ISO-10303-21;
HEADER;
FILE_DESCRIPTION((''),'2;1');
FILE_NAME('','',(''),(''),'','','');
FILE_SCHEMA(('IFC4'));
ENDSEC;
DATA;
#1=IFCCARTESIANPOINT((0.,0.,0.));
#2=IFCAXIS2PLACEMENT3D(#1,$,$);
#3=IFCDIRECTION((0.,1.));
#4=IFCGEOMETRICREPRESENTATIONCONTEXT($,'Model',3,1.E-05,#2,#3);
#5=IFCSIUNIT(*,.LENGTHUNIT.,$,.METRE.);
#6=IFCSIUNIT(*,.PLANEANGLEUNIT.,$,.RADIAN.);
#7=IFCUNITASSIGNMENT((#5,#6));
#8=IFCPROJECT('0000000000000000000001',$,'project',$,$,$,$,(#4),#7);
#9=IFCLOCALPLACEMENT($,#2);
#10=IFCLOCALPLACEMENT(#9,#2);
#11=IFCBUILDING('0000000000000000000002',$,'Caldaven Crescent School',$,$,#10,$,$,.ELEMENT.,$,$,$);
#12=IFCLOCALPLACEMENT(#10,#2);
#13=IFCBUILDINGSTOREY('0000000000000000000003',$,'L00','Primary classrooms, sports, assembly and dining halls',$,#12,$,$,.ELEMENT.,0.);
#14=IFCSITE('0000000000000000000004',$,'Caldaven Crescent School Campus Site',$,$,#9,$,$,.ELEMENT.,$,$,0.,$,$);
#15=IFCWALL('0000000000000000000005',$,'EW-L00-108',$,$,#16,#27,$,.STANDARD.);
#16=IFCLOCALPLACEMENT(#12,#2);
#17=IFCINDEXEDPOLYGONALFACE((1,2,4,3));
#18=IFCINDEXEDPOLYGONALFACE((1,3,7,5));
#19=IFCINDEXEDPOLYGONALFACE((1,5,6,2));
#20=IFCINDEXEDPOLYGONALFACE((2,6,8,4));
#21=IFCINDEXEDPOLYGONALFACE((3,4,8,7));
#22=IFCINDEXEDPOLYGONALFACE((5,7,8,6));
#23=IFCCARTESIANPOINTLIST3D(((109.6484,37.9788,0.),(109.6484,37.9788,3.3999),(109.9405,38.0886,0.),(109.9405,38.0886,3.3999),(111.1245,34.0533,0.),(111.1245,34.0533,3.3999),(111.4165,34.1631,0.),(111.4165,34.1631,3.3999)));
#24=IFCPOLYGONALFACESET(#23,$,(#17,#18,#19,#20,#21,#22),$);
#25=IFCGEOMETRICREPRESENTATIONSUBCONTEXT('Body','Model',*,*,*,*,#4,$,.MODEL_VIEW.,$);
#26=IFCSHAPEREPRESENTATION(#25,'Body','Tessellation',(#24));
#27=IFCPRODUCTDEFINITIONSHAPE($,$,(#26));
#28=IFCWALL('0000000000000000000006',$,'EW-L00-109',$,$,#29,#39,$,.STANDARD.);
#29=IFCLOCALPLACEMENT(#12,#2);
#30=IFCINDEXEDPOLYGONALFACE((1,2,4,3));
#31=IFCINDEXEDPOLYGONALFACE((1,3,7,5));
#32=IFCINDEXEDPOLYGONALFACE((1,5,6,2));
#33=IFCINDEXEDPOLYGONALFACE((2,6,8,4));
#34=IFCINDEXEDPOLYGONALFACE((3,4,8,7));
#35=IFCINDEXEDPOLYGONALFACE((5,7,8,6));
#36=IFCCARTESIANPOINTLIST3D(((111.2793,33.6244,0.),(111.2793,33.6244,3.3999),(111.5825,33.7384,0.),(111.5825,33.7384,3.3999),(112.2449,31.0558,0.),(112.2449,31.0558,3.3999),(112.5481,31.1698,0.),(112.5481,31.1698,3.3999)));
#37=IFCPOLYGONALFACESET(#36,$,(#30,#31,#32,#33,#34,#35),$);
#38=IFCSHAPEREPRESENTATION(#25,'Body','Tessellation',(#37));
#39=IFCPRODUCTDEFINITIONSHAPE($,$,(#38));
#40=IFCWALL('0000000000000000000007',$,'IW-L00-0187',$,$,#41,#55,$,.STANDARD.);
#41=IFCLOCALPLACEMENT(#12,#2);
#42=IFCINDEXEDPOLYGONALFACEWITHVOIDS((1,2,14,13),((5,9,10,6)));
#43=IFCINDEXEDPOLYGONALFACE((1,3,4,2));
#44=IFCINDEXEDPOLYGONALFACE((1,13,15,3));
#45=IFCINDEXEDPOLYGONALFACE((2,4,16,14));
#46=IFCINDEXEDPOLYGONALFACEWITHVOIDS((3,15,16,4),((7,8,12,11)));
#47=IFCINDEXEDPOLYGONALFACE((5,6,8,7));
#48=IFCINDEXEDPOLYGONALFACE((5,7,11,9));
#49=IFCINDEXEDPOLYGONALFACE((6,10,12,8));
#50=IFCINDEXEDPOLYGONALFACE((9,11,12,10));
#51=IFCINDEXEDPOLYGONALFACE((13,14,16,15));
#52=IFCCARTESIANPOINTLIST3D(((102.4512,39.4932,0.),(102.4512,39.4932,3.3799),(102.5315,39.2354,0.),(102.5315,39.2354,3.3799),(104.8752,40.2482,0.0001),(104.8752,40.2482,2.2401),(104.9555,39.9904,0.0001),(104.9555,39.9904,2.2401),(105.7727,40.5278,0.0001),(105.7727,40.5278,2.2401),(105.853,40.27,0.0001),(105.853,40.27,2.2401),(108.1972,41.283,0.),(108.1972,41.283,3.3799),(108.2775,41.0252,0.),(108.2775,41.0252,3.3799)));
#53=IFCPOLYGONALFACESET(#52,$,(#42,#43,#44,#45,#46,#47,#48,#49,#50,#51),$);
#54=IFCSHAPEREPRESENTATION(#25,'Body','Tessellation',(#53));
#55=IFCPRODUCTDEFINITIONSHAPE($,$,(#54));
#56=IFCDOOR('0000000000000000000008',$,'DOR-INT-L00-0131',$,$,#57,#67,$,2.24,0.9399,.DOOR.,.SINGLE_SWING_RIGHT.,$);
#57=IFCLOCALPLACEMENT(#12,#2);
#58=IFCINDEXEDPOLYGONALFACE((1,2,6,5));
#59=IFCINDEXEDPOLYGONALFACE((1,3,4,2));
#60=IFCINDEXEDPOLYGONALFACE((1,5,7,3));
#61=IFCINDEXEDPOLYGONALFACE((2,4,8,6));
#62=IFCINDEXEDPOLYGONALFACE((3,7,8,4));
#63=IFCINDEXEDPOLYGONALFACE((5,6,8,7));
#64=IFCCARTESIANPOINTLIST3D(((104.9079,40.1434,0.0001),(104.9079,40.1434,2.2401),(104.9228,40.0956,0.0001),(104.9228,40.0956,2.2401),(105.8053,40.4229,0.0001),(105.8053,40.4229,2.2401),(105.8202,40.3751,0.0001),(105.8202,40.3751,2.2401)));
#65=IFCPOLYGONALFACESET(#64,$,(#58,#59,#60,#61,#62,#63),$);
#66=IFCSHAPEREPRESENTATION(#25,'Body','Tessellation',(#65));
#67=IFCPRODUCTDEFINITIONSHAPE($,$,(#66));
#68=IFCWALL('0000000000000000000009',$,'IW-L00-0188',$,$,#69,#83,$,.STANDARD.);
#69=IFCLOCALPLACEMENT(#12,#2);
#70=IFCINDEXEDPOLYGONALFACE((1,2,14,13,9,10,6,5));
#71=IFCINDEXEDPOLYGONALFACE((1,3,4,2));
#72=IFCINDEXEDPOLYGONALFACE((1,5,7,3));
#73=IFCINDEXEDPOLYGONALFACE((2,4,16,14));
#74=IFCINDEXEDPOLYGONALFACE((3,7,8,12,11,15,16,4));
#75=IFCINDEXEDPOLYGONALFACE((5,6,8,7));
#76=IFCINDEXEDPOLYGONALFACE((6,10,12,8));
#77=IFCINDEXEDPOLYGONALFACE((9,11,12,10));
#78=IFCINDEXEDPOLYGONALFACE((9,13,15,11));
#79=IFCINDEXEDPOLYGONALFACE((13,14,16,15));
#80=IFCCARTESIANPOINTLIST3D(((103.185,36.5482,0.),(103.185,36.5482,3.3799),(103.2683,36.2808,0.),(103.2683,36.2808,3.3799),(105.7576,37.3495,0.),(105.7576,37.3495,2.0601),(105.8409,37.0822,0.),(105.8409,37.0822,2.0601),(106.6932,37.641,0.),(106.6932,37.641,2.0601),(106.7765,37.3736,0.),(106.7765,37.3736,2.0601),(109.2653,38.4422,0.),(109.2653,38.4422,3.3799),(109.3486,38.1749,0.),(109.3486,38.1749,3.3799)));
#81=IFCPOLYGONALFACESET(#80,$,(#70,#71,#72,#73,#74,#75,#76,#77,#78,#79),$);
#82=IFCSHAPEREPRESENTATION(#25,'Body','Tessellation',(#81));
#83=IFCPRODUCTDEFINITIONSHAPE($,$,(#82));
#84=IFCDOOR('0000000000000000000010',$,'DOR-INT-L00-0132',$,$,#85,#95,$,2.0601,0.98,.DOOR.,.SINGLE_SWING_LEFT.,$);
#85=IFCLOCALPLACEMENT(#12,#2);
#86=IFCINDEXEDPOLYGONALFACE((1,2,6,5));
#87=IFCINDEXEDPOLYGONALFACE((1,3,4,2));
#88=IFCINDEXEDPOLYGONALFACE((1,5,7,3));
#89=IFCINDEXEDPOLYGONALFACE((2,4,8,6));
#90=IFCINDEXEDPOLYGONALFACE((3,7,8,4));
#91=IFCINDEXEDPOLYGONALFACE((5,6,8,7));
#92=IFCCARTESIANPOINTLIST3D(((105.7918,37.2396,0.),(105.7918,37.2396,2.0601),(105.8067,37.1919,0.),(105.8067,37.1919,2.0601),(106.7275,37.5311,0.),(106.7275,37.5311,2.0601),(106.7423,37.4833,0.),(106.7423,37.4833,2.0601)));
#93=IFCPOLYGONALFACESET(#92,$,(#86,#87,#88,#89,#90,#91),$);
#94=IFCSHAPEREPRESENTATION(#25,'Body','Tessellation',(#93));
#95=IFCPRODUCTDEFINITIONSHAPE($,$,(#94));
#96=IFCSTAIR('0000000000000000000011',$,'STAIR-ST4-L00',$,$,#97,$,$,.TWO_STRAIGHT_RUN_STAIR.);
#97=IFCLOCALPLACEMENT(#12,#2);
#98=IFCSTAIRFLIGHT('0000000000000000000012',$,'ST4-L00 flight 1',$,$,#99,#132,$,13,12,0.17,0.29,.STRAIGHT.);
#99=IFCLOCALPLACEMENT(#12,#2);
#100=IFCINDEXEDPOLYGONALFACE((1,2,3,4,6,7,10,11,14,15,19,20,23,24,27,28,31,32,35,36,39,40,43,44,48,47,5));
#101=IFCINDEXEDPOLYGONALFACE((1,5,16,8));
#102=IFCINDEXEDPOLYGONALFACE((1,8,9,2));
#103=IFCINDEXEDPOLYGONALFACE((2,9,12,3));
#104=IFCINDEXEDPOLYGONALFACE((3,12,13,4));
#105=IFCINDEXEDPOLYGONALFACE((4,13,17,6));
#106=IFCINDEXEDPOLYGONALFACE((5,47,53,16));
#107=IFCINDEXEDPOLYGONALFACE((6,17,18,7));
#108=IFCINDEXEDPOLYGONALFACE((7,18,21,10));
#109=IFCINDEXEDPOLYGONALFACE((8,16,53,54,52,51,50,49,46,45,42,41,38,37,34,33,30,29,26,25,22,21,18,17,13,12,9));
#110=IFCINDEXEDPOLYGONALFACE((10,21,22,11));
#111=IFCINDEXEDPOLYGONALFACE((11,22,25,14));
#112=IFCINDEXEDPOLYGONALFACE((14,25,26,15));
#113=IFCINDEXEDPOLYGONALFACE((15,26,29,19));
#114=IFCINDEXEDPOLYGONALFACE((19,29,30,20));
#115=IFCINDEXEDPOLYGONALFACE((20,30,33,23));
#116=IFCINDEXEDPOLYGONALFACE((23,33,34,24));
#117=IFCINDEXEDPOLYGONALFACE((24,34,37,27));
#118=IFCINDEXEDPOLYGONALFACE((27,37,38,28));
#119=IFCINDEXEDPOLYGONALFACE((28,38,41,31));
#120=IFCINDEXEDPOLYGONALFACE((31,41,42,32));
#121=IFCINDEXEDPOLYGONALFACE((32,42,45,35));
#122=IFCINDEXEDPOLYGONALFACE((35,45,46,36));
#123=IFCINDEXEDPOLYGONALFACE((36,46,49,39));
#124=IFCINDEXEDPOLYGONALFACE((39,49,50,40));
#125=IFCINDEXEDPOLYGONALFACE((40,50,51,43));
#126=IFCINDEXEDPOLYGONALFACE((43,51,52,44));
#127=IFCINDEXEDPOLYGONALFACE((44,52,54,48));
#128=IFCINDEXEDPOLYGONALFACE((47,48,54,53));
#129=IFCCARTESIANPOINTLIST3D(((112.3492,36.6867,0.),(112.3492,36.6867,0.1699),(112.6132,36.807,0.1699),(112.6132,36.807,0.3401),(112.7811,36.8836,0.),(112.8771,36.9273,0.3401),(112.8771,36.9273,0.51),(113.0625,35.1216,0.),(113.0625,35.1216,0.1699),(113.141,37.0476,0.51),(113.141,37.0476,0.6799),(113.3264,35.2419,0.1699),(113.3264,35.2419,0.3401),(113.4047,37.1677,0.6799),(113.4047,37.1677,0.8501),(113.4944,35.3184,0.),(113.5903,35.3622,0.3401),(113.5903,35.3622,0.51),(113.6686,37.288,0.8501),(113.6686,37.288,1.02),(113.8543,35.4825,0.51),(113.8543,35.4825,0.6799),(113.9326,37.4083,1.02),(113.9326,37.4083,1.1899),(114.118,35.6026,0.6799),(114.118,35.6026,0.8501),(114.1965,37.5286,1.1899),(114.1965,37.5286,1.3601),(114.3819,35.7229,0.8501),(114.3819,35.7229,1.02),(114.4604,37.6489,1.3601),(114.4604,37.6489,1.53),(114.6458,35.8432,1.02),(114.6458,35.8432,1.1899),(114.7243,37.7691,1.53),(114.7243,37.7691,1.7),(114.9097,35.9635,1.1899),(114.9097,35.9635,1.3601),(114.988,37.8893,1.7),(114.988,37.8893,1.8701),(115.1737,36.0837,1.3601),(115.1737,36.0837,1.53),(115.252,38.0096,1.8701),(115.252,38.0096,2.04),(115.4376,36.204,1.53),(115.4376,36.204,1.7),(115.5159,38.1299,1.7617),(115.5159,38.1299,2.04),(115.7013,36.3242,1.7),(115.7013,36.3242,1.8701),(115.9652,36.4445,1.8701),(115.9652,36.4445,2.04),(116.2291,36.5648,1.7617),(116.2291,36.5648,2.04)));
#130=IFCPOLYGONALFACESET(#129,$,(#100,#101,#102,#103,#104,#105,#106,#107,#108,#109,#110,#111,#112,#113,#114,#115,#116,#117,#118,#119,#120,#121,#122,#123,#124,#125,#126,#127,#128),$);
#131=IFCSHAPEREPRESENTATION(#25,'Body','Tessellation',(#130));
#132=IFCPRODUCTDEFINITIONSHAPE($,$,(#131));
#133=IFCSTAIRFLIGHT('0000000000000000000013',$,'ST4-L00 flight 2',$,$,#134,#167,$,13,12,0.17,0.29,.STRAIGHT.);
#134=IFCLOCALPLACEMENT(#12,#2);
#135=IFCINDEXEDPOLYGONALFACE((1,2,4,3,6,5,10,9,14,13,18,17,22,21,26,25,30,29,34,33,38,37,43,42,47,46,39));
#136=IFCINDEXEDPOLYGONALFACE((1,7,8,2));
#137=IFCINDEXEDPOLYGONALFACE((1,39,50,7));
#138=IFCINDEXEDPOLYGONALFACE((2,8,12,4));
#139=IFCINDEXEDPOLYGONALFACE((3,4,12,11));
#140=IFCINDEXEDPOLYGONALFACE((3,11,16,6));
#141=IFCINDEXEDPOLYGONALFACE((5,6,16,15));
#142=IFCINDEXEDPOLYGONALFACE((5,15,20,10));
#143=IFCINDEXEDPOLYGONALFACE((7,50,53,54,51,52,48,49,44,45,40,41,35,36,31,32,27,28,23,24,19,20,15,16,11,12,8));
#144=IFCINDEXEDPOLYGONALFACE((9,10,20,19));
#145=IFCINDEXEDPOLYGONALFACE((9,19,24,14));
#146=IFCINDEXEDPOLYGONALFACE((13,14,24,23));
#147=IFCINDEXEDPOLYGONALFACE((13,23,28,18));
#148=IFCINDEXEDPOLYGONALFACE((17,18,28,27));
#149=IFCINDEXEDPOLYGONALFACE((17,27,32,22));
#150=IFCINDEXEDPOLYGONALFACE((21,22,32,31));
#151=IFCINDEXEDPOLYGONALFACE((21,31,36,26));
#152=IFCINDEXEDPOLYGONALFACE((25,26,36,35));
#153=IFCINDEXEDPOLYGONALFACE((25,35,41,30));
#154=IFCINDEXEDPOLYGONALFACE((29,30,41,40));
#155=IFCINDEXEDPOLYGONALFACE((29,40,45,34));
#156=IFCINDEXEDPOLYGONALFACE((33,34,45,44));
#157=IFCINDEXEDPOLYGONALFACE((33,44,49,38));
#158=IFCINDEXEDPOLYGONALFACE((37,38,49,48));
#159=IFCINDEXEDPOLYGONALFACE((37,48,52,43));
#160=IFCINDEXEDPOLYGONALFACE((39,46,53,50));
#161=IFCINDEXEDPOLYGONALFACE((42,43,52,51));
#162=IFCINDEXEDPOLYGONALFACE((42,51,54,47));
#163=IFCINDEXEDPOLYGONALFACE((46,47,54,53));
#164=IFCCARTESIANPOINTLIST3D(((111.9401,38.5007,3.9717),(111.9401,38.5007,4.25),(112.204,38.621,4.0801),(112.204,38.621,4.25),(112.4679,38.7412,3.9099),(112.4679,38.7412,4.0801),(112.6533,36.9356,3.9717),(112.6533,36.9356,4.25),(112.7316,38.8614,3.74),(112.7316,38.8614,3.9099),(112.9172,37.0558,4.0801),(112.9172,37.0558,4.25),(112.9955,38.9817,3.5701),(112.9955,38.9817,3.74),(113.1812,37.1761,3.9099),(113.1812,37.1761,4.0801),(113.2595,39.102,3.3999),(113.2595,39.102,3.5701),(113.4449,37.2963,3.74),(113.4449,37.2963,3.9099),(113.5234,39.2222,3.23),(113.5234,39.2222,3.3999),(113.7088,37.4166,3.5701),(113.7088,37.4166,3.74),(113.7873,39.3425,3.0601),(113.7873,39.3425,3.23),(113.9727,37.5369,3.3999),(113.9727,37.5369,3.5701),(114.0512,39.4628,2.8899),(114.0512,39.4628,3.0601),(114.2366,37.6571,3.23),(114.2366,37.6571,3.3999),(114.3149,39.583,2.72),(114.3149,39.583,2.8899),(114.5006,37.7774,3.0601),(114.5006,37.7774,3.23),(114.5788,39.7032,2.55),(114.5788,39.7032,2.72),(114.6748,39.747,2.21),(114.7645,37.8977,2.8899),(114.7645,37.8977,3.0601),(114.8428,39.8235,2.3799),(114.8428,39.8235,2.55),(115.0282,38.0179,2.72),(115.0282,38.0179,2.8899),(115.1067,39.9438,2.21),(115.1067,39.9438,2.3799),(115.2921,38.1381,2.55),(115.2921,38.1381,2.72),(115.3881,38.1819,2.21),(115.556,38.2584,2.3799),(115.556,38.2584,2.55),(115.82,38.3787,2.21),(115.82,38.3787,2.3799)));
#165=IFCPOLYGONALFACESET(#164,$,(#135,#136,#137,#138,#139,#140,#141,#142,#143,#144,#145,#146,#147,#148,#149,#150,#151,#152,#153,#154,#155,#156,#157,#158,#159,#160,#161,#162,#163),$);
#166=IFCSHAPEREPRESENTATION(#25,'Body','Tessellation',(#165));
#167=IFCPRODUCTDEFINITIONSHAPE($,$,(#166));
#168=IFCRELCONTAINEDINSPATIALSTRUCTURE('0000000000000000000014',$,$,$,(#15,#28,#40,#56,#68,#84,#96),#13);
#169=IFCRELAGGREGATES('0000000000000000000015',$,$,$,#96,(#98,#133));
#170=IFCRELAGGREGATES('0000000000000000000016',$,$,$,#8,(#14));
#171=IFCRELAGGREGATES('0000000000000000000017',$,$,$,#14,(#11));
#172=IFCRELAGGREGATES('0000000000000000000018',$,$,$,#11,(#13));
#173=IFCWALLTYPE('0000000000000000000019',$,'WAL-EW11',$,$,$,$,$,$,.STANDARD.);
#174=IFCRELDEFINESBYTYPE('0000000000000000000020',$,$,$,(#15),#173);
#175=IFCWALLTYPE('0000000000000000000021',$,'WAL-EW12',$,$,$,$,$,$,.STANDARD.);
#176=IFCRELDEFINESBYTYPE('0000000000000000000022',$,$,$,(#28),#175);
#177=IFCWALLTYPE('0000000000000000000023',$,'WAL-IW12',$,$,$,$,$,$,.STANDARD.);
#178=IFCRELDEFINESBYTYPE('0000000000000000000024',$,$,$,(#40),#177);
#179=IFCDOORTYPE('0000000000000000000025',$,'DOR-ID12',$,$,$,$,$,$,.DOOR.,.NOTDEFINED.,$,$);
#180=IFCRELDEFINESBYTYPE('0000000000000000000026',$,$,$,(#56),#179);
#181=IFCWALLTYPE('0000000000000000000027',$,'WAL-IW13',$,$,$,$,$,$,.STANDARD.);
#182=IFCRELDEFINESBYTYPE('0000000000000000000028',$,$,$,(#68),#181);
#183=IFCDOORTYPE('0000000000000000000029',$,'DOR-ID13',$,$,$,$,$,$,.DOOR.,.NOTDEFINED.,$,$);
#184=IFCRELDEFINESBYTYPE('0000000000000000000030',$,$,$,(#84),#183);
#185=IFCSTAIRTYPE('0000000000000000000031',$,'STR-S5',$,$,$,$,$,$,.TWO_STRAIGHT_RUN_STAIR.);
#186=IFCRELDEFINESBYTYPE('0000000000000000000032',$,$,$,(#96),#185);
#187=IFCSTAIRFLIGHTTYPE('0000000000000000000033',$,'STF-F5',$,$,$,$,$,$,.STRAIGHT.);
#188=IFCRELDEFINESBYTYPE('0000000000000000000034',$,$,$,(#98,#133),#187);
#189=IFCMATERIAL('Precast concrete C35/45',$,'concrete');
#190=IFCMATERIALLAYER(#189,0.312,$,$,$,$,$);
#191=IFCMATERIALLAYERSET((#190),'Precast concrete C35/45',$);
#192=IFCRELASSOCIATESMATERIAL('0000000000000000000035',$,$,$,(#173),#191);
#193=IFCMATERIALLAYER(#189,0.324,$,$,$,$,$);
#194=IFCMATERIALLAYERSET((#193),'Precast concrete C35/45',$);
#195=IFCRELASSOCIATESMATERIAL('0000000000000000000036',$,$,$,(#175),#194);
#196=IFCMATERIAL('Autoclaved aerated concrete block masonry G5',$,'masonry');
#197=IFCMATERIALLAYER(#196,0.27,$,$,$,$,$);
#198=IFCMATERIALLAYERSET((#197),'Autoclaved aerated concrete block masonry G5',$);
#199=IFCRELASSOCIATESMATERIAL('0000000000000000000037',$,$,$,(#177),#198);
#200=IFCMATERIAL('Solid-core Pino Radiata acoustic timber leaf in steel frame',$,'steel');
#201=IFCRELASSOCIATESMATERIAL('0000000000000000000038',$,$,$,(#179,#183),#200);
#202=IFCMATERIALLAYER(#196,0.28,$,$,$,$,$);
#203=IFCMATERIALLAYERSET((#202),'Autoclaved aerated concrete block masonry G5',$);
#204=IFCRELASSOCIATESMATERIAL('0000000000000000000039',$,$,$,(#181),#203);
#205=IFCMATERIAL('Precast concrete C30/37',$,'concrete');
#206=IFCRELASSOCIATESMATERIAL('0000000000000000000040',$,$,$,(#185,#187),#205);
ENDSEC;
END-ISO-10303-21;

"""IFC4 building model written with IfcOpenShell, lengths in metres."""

from ifc_helpers import new_model, si_unit, direction, frame, frame_2d, origin, place, context, subcontext, project, spatial, polyline, rectangle, outline, extrude, material, layer, layer_set, type_object, element, fill, aggregate, save


model = new_model("IFC4")

# Units and contexts
model_context = context("Model", 3, precision=1e-05, world=origin(), true_north=direction((0.0, 1.0)))
body_context = subcontext(model_context, "Body", "Model", "MODEL_VIEW")
ifc_project = project(units=[si_unit("LENGTHUNIT", "METRE"), si_unit("PLANEANGLEUNIT", "RADIAN")], contexts=[model_context])

# Site, building, storey
site_placement = place(None, origin())
site = spatial("IfcSite", under=ifc_project, at=site_placement, Name="Caldaven Crescent School Campus Site", CompositionType="ELEMENT", RefElevation=0.0)
building_placement = place(site_placement, origin())
building = spatial("IfcBuilding", under=site, at=building_placement, Name="Caldaven Crescent School", CompositionType="ELEMENT")
storey_placement = place(building_placement, origin())
storey = spatial("IfcBuildingStorey", under=building, at=storey_placement, Name="L00", Description="Primary classrooms, sports, assembly and dining halls", CompositionType="ELEMENT", Elevation=0.0)

# Walls
ifc_material_1 = material(Name="Precast concrete C35/45", Category="concrete")
ifc_layer_1 = layer(ifc_material_1, 0.312)
ifc_layer_set_1 = layer_set([ifc_layer_1], Name="Precast concrete C35/45")
wall_type_1 = type_object("IfcWallType", Name="WAL-EW11", PredefinedType="STANDARD", material=ifc_layer_set_1)
wall_1_placement = place(storey_placement, frame((109.7944, 38.0337, 0.0), z_axis=(0.0, 0.0, 1.0), x_axis=(0.351959, -0.936015, 0.0)))
element("IfcWall", 1, at=wall_1_placement, inside=storey, type_object=wall_type_1, Name="EW-L00-108", PredefinedType="STANDARD", context=body_context, shape_type="SweptSolid", body=[
    extrude(rectangle(XDim=4.1938, YDim=0.312, at=frame_2d((2.0969, 0.0))), origin(), (0.0, 0.0, 1.0), 3.3999),
])
ifc_layer_2 = layer(ifc_material_1, 0.324)
ifc_layer_set_2 = layer_set([ifc_layer_2], Name="Precast concrete C35/45")
wall_type_2 = type_object("IfcWallType", Name="WAL-EW12", PredefinedType="STANDARD", material=ifc_layer_set_2)
wall_2_placement = place(storey_placement, frame((111.4309, 33.6814, 0.0), z_axis=(0.0, 0.0, 1.0), x_axis=(0.351874, -0.936047, 0.0)))
element("IfcWall", 2, at=wall_2_placement, inside=storey, type_object=wall_type_2, Name="EW-L00-109", PredefinedType="STANDARD", context=body_context, shape_type="SweptSolid", body=[
    extrude(rectangle(XDim=2.7441, YDim=0.324, at=frame_2d((1.3721, 0.0))), origin(), (0.0, 0.0, 1.0), 3.3999),
])

# Walls, openings, doors
ifc_material_2 = material(Name="Autoclaved aerated concrete block masonry G5", Category="masonry")
ifc_layer_3 = layer(ifc_material_2, 0.27)
ifc_layer_set_3 = layer_set([ifc_layer_3], Name="Autoclaved aerated concrete block masonry G5")
wall_type_3 = type_object("IfcWallType", Name="WAL-IW12", PredefinedType="STANDARD", material=ifc_layer_set_3)
wall_3_placement = place(storey_placement, frame((102.4912, 39.3643, 0.0), z_axis=(0.0, 0.0, 1.0), x_axis=(0.954757, 0.297388, 0.0)))
wall_3 = element("IfcWall", 3, at=wall_3_placement, inside=storey, type_object=wall_type_3, Name="IW-L00-0187", PredefinedType="STANDARD", context=body_context, shape_type="SweptSolid", body=[
    extrude(rectangle(XDim=6.0183, YDim=0.27, at=frame_2d((3.0093, 0.0))), origin(), (0.0, 0.0, 1.0), 3.3799),
])
opening_1_placement = place(wall_3_placement, frame((2.5391, 0.0, 0.0)))
opening_1 = element("IfcOpeningElement", 4, at=opening_1_placement, cuts=wall_3, PredefinedType="OPENING", context=body_context, shape_type="SweptSolid", body=[
    extrude(rectangle(XDim=0.9399, YDim=2.24, at=frame_2d((0.47, 1.1201))), frame((0.0, 0.145, 0.0), z_axis=(0.0, -1.0, 0.0), x_axis=(1.0, 0.0, 0.0)), (0.0, 0.0, 1.0), 0.29),
])
ifc_material_3 = material(Name="Solid-core Pino Radiata acoustic timber leaf in steel frame", Category="steel")
door_type_1 = type_object("IfcDoorType", Name="DOR-ID12", OperationType="NOTDEFINED", PredefinedType="DOOR", material=ifc_material_3)
door_1_placement = place(opening_1_placement, frame((0.9399, 0.0, 0.0), z_axis=(0.0, 0.0, 1.0), x_axis=(-1.0, 0.0, 0.0)))
door_1 = element("IfcDoor", 5, at=door_1_placement, inside=storey, type_object=door_type_1, Name="DOR-INT-L00-0131", OperationType="SINGLE_SWING_RIGHT", OverallHeight=2.24, OverallWidth=0.9399, PredefinedType="DOOR", context=body_context, shape_type="SweptSolid", body=[
    extrude(rectangle(XDim=0.9399, YDim=2.24, at=frame_2d((0.47, 1.1201))), frame((0.0, 0.0249, 0.0), z_axis=(0.0, -1.0, 0.0), x_axis=(1.0, 0.0, 0.0)), (0.0, 0.0, 1.0), 0.05),
])
fill(opening_1, door_1)
ifc_layer_4 = layer(ifc_material_2, 0.28)
ifc_layer_set_4 = layer_set([ifc_layer_4], Name="Autoclaved aerated concrete block masonry G5")
wall_type_4 = type_object("IfcWallType", Name="WAL-IW13", PredefinedType="STANDARD", material=ifc_layer_set_4)
wall_4_placement = place(storey_placement, frame((103.2268, 36.4146, 0.0), z_axis=(0.0, 0.0, 1.0), x_axis=(0.95475, 0.297408, 0.0)))
wall_4 = element("IfcWall", 6, at=wall_4_placement, inside=storey, type_object=wall_type_4, Name="IW-L00-0188", PredefinedType="STANDARD", context=body_context, shape_type="SweptSolid", body=[
    extrude(rectangle(XDim=6.3684, YDim=0.28, at=frame_2d((3.1841, 0.0))), origin(), (0.0, 0.0, 1.0), 3.3799),
])
opening_2_placement = place(wall_4_placement, frame((2.6943, 0.0, 0.0)))
opening_2 = element("IfcOpeningElement", 7, at=opening_2_placement, cuts=wall_4, PredefinedType="OPENING", context=body_context, shape_type="SweptSolid", body=[
    extrude(rectangle(XDim=0.98, YDim=2.0601, at=frame_2d((0.49, 1.03))), frame((0.0, 0.1499, 0.0), z_axis=(0.0, -1.0, 0.0), x_axis=(1.0, 0.0, 0.0)), (0.0, 0.0, 1.0), 0.3),
])
door_type_2 = type_object("IfcDoorType", Name="DOR-ID13", OperationType="NOTDEFINED", PredefinedType="DOOR", material=ifc_material_3)
door_2_placement = place(opening_2_placement, origin())
door_2 = element("IfcDoor", 8, at=door_2_placement, inside=storey, type_object=door_type_2, Name="DOR-INT-L00-0132", OperationType="SINGLE_SWING_LEFT", OverallHeight=2.0601, OverallWidth=0.98, PredefinedType="DOOR", context=body_context, shape_type="SweptSolid", body=[
    extrude(rectangle(XDim=0.98, YDim=2.0601, at=frame_2d((0.49, 1.03))), frame((0.0, 0.0249, 0.0), z_axis=(0.0, -1.0, 0.0), x_axis=(1.0, 0.0, 0.0)), (0.0, 0.0, 1.0), 0.05),
])
fill(opening_2, door_2)

# Stair, stair flights
ifc_material_4 = material(Name="Precast concrete C30/37", Category="concrete")
stair_type = type_object("IfcStairType", Name="STR-S5", PredefinedType="TWO_STRAIGHT_RUN_STAIR", material=ifc_material_4)
stair_placement = place(storey_placement, origin())
stair = element("IfcStair", 9, at=stair_placement, inside=storey, type_object=stair_type, Name="STAIR-ST4-L00", PredefinedType="TWO_STRAIGHT_RUN_STAIR")
stair_flight_type = type_object("IfcStairFlightType", Name="STF-F5", PredefinedType="STRAIGHT", material=ifc_material_4)
stair_flight_1_placement = place(storey_placement, frame((112.7058, 35.9043, 0.0), z_axis=(0.0, 0.0, 1.0), x_axis=(0.909961, 0.414693, 0.0)))
stair_flight_1 = element("IfcStairFlight", 10, at=stair_flight_1_placement, type_object=stair_flight_type, Name="ST4-L00 flight 1", NumberOfRisers=13, NumberOfTreads=12, PredefinedType="STRAIGHT", RiserHeight=0.17, TreadLength=0.29, context=body_context, shape_type="SweptSolid", body=[
    extrude(outline(polyline([(0.0, 0.0), (0.0, 0.1699), (0.29, 0.1699), (0.29, 0.3401), (0.5801, 0.3401), (0.5801, 0.51), (0.8701, 0.51), (0.8701, 0.6799), (1.1599, 0.6799), (1.1599, 0.8501), (1.45, 0.8501), (1.45, 1.02), (1.74, 1.02), (1.74, 1.1899), (2.03, 1.1899), (2.03, 1.3601), (2.3201, 1.3601), (2.3201, 1.53), (2.6101, 1.53), (2.6101, 1.7), (2.8999, 1.7), (2.8999, 1.8701), (3.1899, 1.8701), (3.1899, 2.04), (3.48, 2.04), (3.48, 2.21), (3.48, 1.7617), (0.4746, 0.0), (0.0, 0.0)])), frame((0.0, 0.8599, 0.0), z_axis=(0.0, -1.0, 0.0), x_axis=(1.0, 0.0, 0.0)), (0.0, 0.0, 1.0), 1.72),
])
stair_flight_2_placement = place(storey_placement, frame((115.4634, 39.1611, 2.21), z_axis=(0.0, 0.0, 1.0), x_axis=(-0.909961, -0.414693, 0.0)))
stair_flight_2 = element("IfcStairFlight", 11, at=stair_flight_2_placement, type_object=stair_flight_type, Name="ST4-L00 flight 2", NumberOfRisers=13, NumberOfTreads=12, PredefinedType="STRAIGHT", RiserHeight=0.17, TreadLength=0.29, context=body_context, shape_type="SweptSolid", body=[
    extrude(outline(polyline([(0.0, 0.0), (0.0, 0.1699), (0.29, 0.1699), (0.29, 0.3401), (0.5801, 0.3401), (0.5801, 0.51), (0.8701, 0.51), (0.8701, 0.6799), (1.1599, 0.6799), (1.1599, 0.8501), (1.45, 0.8501), (1.45, 1.02), (1.74, 1.02), (1.74, 1.1899), (2.03, 1.1899), (2.03, 1.3601), (2.3201, 1.3601), (2.3201, 1.53), (2.6101, 1.53), (2.6101, 1.7), (2.8999, 1.7), (2.8999, 1.8701), (3.1899, 1.8701), (3.1899, 2.04), (3.48, 2.04), (3.48, 2.21), (3.48, 1.7617), (0.4746, 0.0), (0.0, 0.0)])), frame((0.0, 0.8599, 0.0), z_axis=(0.0, -1.0, 0.0), x_axis=(1.0, 0.0, 0.0)), (0.0, 0.0, 1.0), 1.72),
])
aggregate(stair, [stair_flight_1, stair_flight_2])

save(model, "model.ifc")
